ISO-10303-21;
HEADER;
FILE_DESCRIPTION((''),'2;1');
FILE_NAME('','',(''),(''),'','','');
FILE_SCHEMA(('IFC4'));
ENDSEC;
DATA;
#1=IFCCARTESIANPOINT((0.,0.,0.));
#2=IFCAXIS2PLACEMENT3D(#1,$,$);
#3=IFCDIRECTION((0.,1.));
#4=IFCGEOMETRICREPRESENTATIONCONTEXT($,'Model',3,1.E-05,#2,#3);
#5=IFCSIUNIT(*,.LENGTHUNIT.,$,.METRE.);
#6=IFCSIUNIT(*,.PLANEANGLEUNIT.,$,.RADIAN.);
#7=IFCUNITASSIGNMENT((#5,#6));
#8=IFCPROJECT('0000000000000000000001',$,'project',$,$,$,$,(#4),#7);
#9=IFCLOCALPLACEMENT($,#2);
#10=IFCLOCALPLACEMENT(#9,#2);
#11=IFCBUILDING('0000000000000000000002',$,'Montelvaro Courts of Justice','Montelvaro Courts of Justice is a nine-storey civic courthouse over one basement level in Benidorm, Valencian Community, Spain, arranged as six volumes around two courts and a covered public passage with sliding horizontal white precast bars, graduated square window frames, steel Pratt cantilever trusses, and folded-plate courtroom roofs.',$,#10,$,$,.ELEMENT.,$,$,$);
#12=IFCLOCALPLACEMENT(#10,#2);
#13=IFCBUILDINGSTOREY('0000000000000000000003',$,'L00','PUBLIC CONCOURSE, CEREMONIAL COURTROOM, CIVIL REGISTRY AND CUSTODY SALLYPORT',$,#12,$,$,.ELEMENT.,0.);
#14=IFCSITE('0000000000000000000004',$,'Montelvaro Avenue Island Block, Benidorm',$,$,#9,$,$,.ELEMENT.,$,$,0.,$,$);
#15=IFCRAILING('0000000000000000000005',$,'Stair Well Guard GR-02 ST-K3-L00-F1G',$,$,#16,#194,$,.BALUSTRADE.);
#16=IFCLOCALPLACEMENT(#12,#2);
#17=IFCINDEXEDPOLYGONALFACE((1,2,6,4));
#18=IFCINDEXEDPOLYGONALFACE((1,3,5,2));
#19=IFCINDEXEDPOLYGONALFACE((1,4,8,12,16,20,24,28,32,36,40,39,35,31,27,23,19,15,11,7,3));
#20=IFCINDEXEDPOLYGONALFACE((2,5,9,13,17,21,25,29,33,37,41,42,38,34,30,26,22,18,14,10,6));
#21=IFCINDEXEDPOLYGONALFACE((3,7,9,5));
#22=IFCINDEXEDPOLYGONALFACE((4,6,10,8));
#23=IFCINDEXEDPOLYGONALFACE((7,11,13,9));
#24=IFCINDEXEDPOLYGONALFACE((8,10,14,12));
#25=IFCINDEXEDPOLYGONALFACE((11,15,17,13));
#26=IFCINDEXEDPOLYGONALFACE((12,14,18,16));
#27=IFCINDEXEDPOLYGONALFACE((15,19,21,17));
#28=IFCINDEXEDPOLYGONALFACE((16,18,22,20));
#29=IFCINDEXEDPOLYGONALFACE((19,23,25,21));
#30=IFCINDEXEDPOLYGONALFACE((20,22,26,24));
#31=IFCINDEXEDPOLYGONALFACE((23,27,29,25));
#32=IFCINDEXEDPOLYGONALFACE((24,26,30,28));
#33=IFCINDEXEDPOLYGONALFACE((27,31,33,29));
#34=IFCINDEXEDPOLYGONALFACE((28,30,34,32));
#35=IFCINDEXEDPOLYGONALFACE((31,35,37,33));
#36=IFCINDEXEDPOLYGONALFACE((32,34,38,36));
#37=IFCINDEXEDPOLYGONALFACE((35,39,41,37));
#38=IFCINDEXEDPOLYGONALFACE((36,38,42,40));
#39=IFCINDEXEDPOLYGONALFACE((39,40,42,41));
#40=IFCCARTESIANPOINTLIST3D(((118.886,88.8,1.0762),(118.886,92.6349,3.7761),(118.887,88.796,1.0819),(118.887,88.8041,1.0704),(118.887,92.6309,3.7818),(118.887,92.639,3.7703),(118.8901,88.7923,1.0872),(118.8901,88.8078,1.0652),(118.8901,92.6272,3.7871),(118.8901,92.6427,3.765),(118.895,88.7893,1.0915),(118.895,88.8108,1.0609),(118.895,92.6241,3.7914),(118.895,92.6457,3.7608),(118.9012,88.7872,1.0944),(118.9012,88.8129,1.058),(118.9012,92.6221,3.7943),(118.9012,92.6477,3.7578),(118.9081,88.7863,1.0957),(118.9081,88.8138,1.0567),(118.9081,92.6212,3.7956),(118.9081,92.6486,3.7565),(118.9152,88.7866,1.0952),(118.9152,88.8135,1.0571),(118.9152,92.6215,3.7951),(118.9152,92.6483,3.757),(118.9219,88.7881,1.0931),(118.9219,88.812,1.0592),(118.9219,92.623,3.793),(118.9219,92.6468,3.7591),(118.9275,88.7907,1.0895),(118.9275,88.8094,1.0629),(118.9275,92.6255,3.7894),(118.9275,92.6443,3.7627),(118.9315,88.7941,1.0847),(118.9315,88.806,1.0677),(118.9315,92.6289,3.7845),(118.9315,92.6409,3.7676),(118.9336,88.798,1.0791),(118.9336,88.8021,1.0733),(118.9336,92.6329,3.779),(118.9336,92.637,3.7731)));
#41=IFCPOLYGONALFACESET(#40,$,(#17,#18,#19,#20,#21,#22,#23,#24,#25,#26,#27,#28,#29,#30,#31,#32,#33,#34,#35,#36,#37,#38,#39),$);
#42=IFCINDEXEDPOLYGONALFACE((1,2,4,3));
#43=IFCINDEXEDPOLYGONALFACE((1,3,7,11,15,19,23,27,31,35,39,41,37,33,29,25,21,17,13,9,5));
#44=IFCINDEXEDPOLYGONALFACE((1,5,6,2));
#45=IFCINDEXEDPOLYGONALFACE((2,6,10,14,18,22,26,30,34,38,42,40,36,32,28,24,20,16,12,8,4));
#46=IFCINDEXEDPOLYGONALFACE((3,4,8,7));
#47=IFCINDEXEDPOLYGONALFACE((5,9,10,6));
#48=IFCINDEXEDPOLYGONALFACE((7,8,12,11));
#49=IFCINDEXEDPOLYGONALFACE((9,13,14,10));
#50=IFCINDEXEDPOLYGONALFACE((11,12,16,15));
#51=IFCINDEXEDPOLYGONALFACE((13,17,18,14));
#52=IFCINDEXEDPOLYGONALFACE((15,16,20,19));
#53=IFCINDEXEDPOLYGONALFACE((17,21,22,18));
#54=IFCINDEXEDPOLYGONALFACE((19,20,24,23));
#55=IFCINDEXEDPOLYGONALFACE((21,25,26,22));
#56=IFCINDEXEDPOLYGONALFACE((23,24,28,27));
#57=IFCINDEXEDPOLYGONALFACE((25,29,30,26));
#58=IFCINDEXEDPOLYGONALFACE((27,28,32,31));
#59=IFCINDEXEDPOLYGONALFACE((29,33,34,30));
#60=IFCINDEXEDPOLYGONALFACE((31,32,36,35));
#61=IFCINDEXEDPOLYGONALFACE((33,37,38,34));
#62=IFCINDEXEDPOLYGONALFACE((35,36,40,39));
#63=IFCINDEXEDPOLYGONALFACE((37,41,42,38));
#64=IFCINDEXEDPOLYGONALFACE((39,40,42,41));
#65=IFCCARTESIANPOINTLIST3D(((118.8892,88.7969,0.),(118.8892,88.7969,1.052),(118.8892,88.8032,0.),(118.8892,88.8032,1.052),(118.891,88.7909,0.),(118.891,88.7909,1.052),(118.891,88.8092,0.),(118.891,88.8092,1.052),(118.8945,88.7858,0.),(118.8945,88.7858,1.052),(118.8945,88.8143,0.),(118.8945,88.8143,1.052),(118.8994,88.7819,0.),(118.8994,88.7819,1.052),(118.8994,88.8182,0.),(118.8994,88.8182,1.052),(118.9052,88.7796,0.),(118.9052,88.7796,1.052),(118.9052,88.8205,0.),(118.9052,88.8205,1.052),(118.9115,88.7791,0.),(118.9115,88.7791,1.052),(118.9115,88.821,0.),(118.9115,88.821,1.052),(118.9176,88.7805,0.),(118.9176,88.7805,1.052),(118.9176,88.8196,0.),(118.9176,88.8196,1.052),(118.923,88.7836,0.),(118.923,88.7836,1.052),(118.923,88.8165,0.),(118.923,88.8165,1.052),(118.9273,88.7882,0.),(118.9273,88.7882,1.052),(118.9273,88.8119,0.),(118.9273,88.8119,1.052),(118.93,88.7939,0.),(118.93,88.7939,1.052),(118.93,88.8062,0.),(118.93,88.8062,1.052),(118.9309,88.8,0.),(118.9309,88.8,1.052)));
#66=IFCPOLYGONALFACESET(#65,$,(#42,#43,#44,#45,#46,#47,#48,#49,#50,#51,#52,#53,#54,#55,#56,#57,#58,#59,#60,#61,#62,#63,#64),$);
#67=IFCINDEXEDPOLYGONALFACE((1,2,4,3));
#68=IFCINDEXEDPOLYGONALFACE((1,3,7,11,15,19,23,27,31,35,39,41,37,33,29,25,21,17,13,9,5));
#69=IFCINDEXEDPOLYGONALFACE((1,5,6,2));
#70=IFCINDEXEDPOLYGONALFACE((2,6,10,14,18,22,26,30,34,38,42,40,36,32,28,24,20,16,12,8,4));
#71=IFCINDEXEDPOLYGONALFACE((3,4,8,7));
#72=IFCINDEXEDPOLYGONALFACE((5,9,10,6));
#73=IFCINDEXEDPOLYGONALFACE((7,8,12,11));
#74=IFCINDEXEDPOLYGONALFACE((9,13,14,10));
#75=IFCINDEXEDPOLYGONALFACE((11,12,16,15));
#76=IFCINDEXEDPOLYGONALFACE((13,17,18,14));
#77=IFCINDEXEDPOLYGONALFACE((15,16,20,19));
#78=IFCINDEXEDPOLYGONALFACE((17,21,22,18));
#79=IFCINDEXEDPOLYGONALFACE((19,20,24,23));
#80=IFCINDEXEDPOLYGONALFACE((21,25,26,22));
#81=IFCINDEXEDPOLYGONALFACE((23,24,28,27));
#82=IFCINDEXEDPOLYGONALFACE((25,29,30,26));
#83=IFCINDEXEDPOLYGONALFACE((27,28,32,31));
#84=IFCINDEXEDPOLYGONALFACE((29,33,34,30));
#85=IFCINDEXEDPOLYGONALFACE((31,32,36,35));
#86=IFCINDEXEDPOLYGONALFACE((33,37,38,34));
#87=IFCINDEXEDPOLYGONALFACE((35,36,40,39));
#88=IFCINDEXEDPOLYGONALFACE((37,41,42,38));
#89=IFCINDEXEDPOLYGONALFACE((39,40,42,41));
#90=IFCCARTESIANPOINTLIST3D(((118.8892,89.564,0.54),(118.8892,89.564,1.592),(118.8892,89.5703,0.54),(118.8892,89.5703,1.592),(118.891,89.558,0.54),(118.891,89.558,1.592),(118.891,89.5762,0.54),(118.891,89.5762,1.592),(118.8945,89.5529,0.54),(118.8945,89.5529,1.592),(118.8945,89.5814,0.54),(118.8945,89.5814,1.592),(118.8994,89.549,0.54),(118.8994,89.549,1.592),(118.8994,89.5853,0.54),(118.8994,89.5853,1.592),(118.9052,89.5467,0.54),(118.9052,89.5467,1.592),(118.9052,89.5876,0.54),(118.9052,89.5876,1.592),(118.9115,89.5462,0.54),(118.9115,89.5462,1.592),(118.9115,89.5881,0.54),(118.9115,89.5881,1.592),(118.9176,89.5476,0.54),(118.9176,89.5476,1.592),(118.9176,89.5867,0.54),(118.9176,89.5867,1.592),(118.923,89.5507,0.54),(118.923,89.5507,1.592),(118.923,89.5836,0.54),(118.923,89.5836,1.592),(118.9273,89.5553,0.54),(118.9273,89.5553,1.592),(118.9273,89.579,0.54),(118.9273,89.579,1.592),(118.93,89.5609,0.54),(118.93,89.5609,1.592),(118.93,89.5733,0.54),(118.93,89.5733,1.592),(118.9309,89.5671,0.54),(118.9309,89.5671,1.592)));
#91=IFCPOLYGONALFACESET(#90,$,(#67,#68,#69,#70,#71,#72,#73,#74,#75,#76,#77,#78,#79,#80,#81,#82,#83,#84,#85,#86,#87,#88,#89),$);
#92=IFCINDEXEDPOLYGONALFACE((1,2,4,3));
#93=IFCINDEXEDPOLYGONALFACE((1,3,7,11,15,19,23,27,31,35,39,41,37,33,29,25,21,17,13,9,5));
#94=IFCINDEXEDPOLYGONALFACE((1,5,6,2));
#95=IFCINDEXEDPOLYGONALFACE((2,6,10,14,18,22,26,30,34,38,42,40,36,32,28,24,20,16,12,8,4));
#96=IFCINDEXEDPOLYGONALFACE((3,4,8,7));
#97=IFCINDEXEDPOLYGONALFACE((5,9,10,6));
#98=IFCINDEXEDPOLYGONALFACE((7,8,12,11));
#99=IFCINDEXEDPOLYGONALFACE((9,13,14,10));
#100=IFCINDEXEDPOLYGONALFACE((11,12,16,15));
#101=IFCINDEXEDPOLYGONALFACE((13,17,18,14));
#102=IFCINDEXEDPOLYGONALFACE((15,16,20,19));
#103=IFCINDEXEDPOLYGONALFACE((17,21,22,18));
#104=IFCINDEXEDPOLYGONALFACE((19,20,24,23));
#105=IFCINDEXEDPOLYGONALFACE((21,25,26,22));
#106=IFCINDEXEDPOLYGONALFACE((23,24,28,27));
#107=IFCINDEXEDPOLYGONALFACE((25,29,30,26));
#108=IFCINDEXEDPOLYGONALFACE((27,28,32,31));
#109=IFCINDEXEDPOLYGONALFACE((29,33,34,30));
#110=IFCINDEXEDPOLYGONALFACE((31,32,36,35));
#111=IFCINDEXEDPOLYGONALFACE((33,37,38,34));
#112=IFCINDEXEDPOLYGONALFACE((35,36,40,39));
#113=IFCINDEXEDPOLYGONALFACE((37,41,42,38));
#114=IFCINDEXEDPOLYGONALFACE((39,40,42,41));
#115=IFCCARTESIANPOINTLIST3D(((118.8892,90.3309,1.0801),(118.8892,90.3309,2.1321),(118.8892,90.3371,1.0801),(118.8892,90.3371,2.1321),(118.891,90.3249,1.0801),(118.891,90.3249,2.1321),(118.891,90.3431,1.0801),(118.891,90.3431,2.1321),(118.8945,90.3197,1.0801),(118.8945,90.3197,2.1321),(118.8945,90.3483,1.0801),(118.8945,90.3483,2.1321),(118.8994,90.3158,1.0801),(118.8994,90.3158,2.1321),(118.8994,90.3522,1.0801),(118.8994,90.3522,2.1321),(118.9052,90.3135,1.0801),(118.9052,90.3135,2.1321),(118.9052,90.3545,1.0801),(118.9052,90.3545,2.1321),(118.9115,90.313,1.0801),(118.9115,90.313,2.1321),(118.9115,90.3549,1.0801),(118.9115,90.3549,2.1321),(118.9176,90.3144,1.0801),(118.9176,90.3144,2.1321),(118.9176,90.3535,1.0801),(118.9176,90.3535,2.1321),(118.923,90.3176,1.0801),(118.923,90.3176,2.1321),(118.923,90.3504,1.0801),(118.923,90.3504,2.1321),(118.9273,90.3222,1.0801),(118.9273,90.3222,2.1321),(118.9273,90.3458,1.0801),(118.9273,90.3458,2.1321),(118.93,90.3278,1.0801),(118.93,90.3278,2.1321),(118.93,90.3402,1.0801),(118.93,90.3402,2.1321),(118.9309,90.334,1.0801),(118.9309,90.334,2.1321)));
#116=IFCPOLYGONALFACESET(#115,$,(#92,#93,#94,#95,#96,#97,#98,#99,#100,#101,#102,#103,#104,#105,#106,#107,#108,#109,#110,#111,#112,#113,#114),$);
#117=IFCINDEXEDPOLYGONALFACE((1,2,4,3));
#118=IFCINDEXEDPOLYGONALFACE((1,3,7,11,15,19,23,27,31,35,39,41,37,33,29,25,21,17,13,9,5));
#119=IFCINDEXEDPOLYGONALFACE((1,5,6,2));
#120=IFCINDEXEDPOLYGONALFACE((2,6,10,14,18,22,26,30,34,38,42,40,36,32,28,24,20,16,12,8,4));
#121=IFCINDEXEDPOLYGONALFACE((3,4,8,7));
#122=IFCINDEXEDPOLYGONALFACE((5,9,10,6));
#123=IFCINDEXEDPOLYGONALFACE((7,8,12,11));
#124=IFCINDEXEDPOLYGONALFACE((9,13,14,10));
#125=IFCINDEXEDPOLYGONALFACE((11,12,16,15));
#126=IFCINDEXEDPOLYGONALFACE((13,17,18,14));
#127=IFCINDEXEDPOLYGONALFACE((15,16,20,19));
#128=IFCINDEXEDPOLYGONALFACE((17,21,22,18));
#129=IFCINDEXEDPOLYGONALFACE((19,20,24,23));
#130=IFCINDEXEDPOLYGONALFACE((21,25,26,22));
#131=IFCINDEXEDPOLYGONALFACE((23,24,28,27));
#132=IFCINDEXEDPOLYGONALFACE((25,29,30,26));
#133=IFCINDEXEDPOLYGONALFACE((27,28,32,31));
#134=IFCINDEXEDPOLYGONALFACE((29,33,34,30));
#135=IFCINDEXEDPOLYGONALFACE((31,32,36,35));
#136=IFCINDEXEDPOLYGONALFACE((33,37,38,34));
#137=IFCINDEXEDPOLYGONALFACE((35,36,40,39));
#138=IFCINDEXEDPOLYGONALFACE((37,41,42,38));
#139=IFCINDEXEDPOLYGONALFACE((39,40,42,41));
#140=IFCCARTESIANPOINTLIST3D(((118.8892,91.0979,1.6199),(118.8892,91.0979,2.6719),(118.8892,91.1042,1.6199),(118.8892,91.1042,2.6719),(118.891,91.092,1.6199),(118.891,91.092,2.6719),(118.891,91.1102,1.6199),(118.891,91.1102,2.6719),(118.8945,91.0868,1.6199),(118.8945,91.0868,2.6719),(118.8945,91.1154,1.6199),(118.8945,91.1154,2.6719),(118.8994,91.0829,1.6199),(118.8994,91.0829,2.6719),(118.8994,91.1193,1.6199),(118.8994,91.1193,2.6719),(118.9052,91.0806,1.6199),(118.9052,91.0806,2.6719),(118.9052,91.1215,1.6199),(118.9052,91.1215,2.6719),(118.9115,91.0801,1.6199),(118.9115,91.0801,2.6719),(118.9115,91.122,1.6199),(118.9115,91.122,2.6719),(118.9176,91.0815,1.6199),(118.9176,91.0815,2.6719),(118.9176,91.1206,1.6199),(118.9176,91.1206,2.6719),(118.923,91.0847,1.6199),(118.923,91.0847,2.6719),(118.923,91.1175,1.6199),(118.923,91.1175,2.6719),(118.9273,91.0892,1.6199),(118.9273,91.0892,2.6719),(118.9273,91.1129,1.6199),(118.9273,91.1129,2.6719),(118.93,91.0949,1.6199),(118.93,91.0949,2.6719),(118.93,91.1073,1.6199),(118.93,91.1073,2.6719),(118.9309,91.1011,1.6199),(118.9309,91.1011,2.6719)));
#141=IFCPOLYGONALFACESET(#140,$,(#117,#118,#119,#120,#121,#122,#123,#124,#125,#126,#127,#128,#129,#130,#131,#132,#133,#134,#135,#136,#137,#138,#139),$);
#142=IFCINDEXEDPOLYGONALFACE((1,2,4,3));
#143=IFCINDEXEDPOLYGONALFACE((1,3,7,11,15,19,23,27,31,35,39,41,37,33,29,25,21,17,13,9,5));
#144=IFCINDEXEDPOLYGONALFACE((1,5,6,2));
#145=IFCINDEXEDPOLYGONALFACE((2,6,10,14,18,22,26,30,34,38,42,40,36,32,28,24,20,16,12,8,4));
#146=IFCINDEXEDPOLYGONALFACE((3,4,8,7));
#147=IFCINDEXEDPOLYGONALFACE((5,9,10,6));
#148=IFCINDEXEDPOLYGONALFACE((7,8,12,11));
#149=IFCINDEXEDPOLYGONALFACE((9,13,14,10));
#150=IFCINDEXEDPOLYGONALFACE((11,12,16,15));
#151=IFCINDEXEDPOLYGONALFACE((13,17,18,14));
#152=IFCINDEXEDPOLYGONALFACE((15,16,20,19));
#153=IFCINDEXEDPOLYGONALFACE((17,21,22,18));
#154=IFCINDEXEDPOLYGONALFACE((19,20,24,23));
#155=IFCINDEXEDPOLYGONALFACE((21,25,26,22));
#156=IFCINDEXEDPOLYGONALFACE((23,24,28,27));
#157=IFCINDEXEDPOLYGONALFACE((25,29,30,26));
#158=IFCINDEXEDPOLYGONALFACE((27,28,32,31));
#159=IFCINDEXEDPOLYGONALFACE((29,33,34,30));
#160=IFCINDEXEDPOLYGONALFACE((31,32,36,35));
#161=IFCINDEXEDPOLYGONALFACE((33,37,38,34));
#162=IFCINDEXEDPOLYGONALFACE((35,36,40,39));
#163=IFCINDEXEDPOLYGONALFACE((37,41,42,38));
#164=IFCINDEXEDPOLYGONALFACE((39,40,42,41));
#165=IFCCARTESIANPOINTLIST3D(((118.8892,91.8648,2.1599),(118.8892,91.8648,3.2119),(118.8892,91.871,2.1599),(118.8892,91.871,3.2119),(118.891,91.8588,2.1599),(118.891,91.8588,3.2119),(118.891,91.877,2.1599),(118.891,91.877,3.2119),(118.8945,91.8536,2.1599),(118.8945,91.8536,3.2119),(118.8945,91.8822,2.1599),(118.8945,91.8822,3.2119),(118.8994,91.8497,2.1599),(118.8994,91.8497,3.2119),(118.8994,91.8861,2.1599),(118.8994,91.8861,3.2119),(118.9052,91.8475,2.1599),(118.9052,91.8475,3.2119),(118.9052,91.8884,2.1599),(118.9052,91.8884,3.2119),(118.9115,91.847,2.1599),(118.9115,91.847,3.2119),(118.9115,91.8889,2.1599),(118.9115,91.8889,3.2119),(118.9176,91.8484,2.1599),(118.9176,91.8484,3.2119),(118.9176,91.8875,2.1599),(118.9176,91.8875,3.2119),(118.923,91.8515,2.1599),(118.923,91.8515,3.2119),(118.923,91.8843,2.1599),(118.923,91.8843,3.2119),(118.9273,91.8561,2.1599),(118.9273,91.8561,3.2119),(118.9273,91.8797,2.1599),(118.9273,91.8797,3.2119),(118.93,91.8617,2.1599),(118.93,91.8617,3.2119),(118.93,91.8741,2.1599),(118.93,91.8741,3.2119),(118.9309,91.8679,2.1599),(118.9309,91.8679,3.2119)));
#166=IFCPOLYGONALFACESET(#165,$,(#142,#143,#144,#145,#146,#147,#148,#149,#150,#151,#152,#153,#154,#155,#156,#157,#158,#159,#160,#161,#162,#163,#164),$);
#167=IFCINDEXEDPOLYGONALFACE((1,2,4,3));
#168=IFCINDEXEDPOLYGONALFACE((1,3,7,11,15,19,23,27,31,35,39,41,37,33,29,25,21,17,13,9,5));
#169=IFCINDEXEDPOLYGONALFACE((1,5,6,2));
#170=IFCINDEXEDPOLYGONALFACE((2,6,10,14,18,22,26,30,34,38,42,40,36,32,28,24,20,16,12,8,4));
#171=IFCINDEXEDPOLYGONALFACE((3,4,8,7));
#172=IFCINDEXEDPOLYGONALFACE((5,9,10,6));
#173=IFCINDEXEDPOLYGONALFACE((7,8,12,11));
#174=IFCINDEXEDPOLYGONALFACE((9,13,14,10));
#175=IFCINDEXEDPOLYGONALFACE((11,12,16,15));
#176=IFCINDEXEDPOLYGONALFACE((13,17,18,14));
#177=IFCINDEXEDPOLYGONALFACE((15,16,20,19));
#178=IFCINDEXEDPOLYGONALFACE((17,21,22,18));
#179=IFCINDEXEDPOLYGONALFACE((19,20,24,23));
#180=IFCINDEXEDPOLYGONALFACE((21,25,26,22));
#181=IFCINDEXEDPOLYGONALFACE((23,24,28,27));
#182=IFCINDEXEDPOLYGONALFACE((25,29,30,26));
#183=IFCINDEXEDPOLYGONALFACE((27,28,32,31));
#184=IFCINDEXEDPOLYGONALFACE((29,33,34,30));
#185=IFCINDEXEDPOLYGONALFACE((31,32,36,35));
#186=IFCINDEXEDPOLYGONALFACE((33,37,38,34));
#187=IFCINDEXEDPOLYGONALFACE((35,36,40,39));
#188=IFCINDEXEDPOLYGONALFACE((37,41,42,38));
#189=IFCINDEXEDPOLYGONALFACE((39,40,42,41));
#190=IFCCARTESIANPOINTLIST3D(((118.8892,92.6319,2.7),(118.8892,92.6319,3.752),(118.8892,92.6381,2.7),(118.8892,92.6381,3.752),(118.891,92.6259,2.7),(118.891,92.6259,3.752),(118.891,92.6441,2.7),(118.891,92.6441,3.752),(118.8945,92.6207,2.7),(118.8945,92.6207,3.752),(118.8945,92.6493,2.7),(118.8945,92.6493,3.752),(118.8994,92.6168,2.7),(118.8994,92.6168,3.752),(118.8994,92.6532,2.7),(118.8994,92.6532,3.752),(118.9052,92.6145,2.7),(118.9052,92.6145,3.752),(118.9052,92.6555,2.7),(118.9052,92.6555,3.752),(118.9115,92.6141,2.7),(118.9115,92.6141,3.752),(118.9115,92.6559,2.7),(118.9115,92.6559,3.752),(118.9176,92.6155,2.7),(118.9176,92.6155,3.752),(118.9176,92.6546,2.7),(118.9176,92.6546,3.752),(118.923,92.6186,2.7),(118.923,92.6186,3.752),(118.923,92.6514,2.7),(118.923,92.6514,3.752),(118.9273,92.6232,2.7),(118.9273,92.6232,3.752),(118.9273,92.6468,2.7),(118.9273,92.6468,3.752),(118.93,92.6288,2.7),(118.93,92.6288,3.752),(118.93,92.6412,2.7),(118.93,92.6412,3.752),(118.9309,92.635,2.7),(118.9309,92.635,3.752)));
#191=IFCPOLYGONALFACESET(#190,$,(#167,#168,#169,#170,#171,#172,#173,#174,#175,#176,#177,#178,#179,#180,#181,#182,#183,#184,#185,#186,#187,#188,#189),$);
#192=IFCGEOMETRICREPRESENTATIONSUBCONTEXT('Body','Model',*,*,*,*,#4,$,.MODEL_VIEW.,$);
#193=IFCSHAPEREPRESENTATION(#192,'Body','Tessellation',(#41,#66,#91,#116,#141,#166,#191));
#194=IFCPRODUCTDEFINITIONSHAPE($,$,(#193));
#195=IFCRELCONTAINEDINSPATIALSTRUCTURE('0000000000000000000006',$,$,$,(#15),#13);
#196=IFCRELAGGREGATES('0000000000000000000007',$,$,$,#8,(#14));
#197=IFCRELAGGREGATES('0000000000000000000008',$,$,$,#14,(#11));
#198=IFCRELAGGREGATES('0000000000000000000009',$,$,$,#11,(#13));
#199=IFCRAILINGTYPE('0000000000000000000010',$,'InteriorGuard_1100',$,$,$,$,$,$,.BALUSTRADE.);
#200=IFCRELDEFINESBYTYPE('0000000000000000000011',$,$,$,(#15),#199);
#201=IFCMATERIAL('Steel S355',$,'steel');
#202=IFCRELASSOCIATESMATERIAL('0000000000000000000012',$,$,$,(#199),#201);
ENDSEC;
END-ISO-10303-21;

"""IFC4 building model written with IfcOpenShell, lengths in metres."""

from ifc_helpers import new_model, si_unit, direction, frame, origin, origin_2d, place, context, subcontext, project, spatial, circle, extrude, material, type_object, element, save


model = new_model("IFC4")

# Units and contexts
model_context = context("Model", 3, precision=1e-05, world=origin(), true_north=direction((0.0, 1.0)))
body_context = subcontext(model_context, "Body", "Model", "MODEL_VIEW")
ifc_project = project(units=[si_unit("LENGTHUNIT", "METRE"), si_unit("PLANEANGLEUNIT", "RADIAN")], contexts=[model_context])

# Site, building, storey
site_placement = place(None, origin())
site = spatial("IfcSite", under=ifc_project, at=site_placement, Name="Montelvaro Avenue Island Block, Benidorm", CompositionType="ELEMENT", RefElevation=0.0)
building_placement = place(site_placement, origin())
building = spatial("IfcBuilding", under=site, at=building_placement, Name="Montelvaro Courts of Justice", Description="Montelvaro Courts of Justice is a nine-storey civic courthouse over one basement level in Benidorm, Valencian Community, Spain, arranged as six volumes around two courts and a covered public passage with sliding horizontal white precast bars, graduated square window frames, steel Pratt cantilever trusses, and folded-plate courtroom roofs.", CompositionType="ELEMENT")
storey_placement = place(building_placement, origin())
storey = spatial("IfcBuildingStorey", under=building, at=storey_placement, Name="L00", Description="PUBLIC CONCOURSE, CEREMONIAL COURTROOM, CIVIL REGISTRY AND CUSTODY SALLYPORT", CompositionType="ELEMENT", Elevation=0.0)

# Shared definitions
ifc_material_1 = material(Name="Steel S355", Category="steel")

# Railing
railing_type_1 = type_object("IfcRailingType", Name="InteriorGuard_1100", PredefinedType="BALUSTRADE", material=ifc_material_1)
railing_1_placement = place(storey_placement, frame((118.9099, 88.8, 0.0)))
element("IfcRailing", 1, at=railing_1_placement, inside=storey, type_object=railing_type_1, Name="Stair Well Guard GR-02 ST-K3-L00-F1G", PredefinedType="BALUSTRADE", context=body_context, shape_type="SweptSolid", body=[
    extrude(circle(Radius=0.0239, at=origin_2d()), frame((0.0, 0.0, 1.0762), z_axis=(0.0, 0.817678, 0.575675), x_axis=(-1.0, 0.0, 0.0)), (0.0, 0.0, 1.0), 4.6899),
    extrude(circle(Radius=0.021, at=origin_2d()), origin(), (0.0, 0.0, 1.0), 1.052),
    extrude(circle(Radius=0.021, at=origin_2d()), frame((0.0, 0.7671, 0.54)), (0.0, 0.0, 1.0), 1.052),
    extrude(circle(Radius=0.021, at=origin_2d()), frame((0.0, 1.5339, 1.0801)), (0.0, 0.0, 1.0), 1.052),
    extrude(circle(Radius=0.021, at=origin_2d()), frame((0.0, 2.301, 1.6199)), (0.0, 0.0, 1.0), 1.052),
    extrude(circle(Radius=0.021, at=origin_2d()), frame((0.0, 3.0679, 2.1599)), (0.0, 0.0, 1.0), 1.052),
    extrude(circle(Radius=0.021, at=origin_2d()), frame((0.0, 3.835, 2.7)), (0.0, 0.0, 1.0), 1.052),
])

save(model, "model.ifc")
